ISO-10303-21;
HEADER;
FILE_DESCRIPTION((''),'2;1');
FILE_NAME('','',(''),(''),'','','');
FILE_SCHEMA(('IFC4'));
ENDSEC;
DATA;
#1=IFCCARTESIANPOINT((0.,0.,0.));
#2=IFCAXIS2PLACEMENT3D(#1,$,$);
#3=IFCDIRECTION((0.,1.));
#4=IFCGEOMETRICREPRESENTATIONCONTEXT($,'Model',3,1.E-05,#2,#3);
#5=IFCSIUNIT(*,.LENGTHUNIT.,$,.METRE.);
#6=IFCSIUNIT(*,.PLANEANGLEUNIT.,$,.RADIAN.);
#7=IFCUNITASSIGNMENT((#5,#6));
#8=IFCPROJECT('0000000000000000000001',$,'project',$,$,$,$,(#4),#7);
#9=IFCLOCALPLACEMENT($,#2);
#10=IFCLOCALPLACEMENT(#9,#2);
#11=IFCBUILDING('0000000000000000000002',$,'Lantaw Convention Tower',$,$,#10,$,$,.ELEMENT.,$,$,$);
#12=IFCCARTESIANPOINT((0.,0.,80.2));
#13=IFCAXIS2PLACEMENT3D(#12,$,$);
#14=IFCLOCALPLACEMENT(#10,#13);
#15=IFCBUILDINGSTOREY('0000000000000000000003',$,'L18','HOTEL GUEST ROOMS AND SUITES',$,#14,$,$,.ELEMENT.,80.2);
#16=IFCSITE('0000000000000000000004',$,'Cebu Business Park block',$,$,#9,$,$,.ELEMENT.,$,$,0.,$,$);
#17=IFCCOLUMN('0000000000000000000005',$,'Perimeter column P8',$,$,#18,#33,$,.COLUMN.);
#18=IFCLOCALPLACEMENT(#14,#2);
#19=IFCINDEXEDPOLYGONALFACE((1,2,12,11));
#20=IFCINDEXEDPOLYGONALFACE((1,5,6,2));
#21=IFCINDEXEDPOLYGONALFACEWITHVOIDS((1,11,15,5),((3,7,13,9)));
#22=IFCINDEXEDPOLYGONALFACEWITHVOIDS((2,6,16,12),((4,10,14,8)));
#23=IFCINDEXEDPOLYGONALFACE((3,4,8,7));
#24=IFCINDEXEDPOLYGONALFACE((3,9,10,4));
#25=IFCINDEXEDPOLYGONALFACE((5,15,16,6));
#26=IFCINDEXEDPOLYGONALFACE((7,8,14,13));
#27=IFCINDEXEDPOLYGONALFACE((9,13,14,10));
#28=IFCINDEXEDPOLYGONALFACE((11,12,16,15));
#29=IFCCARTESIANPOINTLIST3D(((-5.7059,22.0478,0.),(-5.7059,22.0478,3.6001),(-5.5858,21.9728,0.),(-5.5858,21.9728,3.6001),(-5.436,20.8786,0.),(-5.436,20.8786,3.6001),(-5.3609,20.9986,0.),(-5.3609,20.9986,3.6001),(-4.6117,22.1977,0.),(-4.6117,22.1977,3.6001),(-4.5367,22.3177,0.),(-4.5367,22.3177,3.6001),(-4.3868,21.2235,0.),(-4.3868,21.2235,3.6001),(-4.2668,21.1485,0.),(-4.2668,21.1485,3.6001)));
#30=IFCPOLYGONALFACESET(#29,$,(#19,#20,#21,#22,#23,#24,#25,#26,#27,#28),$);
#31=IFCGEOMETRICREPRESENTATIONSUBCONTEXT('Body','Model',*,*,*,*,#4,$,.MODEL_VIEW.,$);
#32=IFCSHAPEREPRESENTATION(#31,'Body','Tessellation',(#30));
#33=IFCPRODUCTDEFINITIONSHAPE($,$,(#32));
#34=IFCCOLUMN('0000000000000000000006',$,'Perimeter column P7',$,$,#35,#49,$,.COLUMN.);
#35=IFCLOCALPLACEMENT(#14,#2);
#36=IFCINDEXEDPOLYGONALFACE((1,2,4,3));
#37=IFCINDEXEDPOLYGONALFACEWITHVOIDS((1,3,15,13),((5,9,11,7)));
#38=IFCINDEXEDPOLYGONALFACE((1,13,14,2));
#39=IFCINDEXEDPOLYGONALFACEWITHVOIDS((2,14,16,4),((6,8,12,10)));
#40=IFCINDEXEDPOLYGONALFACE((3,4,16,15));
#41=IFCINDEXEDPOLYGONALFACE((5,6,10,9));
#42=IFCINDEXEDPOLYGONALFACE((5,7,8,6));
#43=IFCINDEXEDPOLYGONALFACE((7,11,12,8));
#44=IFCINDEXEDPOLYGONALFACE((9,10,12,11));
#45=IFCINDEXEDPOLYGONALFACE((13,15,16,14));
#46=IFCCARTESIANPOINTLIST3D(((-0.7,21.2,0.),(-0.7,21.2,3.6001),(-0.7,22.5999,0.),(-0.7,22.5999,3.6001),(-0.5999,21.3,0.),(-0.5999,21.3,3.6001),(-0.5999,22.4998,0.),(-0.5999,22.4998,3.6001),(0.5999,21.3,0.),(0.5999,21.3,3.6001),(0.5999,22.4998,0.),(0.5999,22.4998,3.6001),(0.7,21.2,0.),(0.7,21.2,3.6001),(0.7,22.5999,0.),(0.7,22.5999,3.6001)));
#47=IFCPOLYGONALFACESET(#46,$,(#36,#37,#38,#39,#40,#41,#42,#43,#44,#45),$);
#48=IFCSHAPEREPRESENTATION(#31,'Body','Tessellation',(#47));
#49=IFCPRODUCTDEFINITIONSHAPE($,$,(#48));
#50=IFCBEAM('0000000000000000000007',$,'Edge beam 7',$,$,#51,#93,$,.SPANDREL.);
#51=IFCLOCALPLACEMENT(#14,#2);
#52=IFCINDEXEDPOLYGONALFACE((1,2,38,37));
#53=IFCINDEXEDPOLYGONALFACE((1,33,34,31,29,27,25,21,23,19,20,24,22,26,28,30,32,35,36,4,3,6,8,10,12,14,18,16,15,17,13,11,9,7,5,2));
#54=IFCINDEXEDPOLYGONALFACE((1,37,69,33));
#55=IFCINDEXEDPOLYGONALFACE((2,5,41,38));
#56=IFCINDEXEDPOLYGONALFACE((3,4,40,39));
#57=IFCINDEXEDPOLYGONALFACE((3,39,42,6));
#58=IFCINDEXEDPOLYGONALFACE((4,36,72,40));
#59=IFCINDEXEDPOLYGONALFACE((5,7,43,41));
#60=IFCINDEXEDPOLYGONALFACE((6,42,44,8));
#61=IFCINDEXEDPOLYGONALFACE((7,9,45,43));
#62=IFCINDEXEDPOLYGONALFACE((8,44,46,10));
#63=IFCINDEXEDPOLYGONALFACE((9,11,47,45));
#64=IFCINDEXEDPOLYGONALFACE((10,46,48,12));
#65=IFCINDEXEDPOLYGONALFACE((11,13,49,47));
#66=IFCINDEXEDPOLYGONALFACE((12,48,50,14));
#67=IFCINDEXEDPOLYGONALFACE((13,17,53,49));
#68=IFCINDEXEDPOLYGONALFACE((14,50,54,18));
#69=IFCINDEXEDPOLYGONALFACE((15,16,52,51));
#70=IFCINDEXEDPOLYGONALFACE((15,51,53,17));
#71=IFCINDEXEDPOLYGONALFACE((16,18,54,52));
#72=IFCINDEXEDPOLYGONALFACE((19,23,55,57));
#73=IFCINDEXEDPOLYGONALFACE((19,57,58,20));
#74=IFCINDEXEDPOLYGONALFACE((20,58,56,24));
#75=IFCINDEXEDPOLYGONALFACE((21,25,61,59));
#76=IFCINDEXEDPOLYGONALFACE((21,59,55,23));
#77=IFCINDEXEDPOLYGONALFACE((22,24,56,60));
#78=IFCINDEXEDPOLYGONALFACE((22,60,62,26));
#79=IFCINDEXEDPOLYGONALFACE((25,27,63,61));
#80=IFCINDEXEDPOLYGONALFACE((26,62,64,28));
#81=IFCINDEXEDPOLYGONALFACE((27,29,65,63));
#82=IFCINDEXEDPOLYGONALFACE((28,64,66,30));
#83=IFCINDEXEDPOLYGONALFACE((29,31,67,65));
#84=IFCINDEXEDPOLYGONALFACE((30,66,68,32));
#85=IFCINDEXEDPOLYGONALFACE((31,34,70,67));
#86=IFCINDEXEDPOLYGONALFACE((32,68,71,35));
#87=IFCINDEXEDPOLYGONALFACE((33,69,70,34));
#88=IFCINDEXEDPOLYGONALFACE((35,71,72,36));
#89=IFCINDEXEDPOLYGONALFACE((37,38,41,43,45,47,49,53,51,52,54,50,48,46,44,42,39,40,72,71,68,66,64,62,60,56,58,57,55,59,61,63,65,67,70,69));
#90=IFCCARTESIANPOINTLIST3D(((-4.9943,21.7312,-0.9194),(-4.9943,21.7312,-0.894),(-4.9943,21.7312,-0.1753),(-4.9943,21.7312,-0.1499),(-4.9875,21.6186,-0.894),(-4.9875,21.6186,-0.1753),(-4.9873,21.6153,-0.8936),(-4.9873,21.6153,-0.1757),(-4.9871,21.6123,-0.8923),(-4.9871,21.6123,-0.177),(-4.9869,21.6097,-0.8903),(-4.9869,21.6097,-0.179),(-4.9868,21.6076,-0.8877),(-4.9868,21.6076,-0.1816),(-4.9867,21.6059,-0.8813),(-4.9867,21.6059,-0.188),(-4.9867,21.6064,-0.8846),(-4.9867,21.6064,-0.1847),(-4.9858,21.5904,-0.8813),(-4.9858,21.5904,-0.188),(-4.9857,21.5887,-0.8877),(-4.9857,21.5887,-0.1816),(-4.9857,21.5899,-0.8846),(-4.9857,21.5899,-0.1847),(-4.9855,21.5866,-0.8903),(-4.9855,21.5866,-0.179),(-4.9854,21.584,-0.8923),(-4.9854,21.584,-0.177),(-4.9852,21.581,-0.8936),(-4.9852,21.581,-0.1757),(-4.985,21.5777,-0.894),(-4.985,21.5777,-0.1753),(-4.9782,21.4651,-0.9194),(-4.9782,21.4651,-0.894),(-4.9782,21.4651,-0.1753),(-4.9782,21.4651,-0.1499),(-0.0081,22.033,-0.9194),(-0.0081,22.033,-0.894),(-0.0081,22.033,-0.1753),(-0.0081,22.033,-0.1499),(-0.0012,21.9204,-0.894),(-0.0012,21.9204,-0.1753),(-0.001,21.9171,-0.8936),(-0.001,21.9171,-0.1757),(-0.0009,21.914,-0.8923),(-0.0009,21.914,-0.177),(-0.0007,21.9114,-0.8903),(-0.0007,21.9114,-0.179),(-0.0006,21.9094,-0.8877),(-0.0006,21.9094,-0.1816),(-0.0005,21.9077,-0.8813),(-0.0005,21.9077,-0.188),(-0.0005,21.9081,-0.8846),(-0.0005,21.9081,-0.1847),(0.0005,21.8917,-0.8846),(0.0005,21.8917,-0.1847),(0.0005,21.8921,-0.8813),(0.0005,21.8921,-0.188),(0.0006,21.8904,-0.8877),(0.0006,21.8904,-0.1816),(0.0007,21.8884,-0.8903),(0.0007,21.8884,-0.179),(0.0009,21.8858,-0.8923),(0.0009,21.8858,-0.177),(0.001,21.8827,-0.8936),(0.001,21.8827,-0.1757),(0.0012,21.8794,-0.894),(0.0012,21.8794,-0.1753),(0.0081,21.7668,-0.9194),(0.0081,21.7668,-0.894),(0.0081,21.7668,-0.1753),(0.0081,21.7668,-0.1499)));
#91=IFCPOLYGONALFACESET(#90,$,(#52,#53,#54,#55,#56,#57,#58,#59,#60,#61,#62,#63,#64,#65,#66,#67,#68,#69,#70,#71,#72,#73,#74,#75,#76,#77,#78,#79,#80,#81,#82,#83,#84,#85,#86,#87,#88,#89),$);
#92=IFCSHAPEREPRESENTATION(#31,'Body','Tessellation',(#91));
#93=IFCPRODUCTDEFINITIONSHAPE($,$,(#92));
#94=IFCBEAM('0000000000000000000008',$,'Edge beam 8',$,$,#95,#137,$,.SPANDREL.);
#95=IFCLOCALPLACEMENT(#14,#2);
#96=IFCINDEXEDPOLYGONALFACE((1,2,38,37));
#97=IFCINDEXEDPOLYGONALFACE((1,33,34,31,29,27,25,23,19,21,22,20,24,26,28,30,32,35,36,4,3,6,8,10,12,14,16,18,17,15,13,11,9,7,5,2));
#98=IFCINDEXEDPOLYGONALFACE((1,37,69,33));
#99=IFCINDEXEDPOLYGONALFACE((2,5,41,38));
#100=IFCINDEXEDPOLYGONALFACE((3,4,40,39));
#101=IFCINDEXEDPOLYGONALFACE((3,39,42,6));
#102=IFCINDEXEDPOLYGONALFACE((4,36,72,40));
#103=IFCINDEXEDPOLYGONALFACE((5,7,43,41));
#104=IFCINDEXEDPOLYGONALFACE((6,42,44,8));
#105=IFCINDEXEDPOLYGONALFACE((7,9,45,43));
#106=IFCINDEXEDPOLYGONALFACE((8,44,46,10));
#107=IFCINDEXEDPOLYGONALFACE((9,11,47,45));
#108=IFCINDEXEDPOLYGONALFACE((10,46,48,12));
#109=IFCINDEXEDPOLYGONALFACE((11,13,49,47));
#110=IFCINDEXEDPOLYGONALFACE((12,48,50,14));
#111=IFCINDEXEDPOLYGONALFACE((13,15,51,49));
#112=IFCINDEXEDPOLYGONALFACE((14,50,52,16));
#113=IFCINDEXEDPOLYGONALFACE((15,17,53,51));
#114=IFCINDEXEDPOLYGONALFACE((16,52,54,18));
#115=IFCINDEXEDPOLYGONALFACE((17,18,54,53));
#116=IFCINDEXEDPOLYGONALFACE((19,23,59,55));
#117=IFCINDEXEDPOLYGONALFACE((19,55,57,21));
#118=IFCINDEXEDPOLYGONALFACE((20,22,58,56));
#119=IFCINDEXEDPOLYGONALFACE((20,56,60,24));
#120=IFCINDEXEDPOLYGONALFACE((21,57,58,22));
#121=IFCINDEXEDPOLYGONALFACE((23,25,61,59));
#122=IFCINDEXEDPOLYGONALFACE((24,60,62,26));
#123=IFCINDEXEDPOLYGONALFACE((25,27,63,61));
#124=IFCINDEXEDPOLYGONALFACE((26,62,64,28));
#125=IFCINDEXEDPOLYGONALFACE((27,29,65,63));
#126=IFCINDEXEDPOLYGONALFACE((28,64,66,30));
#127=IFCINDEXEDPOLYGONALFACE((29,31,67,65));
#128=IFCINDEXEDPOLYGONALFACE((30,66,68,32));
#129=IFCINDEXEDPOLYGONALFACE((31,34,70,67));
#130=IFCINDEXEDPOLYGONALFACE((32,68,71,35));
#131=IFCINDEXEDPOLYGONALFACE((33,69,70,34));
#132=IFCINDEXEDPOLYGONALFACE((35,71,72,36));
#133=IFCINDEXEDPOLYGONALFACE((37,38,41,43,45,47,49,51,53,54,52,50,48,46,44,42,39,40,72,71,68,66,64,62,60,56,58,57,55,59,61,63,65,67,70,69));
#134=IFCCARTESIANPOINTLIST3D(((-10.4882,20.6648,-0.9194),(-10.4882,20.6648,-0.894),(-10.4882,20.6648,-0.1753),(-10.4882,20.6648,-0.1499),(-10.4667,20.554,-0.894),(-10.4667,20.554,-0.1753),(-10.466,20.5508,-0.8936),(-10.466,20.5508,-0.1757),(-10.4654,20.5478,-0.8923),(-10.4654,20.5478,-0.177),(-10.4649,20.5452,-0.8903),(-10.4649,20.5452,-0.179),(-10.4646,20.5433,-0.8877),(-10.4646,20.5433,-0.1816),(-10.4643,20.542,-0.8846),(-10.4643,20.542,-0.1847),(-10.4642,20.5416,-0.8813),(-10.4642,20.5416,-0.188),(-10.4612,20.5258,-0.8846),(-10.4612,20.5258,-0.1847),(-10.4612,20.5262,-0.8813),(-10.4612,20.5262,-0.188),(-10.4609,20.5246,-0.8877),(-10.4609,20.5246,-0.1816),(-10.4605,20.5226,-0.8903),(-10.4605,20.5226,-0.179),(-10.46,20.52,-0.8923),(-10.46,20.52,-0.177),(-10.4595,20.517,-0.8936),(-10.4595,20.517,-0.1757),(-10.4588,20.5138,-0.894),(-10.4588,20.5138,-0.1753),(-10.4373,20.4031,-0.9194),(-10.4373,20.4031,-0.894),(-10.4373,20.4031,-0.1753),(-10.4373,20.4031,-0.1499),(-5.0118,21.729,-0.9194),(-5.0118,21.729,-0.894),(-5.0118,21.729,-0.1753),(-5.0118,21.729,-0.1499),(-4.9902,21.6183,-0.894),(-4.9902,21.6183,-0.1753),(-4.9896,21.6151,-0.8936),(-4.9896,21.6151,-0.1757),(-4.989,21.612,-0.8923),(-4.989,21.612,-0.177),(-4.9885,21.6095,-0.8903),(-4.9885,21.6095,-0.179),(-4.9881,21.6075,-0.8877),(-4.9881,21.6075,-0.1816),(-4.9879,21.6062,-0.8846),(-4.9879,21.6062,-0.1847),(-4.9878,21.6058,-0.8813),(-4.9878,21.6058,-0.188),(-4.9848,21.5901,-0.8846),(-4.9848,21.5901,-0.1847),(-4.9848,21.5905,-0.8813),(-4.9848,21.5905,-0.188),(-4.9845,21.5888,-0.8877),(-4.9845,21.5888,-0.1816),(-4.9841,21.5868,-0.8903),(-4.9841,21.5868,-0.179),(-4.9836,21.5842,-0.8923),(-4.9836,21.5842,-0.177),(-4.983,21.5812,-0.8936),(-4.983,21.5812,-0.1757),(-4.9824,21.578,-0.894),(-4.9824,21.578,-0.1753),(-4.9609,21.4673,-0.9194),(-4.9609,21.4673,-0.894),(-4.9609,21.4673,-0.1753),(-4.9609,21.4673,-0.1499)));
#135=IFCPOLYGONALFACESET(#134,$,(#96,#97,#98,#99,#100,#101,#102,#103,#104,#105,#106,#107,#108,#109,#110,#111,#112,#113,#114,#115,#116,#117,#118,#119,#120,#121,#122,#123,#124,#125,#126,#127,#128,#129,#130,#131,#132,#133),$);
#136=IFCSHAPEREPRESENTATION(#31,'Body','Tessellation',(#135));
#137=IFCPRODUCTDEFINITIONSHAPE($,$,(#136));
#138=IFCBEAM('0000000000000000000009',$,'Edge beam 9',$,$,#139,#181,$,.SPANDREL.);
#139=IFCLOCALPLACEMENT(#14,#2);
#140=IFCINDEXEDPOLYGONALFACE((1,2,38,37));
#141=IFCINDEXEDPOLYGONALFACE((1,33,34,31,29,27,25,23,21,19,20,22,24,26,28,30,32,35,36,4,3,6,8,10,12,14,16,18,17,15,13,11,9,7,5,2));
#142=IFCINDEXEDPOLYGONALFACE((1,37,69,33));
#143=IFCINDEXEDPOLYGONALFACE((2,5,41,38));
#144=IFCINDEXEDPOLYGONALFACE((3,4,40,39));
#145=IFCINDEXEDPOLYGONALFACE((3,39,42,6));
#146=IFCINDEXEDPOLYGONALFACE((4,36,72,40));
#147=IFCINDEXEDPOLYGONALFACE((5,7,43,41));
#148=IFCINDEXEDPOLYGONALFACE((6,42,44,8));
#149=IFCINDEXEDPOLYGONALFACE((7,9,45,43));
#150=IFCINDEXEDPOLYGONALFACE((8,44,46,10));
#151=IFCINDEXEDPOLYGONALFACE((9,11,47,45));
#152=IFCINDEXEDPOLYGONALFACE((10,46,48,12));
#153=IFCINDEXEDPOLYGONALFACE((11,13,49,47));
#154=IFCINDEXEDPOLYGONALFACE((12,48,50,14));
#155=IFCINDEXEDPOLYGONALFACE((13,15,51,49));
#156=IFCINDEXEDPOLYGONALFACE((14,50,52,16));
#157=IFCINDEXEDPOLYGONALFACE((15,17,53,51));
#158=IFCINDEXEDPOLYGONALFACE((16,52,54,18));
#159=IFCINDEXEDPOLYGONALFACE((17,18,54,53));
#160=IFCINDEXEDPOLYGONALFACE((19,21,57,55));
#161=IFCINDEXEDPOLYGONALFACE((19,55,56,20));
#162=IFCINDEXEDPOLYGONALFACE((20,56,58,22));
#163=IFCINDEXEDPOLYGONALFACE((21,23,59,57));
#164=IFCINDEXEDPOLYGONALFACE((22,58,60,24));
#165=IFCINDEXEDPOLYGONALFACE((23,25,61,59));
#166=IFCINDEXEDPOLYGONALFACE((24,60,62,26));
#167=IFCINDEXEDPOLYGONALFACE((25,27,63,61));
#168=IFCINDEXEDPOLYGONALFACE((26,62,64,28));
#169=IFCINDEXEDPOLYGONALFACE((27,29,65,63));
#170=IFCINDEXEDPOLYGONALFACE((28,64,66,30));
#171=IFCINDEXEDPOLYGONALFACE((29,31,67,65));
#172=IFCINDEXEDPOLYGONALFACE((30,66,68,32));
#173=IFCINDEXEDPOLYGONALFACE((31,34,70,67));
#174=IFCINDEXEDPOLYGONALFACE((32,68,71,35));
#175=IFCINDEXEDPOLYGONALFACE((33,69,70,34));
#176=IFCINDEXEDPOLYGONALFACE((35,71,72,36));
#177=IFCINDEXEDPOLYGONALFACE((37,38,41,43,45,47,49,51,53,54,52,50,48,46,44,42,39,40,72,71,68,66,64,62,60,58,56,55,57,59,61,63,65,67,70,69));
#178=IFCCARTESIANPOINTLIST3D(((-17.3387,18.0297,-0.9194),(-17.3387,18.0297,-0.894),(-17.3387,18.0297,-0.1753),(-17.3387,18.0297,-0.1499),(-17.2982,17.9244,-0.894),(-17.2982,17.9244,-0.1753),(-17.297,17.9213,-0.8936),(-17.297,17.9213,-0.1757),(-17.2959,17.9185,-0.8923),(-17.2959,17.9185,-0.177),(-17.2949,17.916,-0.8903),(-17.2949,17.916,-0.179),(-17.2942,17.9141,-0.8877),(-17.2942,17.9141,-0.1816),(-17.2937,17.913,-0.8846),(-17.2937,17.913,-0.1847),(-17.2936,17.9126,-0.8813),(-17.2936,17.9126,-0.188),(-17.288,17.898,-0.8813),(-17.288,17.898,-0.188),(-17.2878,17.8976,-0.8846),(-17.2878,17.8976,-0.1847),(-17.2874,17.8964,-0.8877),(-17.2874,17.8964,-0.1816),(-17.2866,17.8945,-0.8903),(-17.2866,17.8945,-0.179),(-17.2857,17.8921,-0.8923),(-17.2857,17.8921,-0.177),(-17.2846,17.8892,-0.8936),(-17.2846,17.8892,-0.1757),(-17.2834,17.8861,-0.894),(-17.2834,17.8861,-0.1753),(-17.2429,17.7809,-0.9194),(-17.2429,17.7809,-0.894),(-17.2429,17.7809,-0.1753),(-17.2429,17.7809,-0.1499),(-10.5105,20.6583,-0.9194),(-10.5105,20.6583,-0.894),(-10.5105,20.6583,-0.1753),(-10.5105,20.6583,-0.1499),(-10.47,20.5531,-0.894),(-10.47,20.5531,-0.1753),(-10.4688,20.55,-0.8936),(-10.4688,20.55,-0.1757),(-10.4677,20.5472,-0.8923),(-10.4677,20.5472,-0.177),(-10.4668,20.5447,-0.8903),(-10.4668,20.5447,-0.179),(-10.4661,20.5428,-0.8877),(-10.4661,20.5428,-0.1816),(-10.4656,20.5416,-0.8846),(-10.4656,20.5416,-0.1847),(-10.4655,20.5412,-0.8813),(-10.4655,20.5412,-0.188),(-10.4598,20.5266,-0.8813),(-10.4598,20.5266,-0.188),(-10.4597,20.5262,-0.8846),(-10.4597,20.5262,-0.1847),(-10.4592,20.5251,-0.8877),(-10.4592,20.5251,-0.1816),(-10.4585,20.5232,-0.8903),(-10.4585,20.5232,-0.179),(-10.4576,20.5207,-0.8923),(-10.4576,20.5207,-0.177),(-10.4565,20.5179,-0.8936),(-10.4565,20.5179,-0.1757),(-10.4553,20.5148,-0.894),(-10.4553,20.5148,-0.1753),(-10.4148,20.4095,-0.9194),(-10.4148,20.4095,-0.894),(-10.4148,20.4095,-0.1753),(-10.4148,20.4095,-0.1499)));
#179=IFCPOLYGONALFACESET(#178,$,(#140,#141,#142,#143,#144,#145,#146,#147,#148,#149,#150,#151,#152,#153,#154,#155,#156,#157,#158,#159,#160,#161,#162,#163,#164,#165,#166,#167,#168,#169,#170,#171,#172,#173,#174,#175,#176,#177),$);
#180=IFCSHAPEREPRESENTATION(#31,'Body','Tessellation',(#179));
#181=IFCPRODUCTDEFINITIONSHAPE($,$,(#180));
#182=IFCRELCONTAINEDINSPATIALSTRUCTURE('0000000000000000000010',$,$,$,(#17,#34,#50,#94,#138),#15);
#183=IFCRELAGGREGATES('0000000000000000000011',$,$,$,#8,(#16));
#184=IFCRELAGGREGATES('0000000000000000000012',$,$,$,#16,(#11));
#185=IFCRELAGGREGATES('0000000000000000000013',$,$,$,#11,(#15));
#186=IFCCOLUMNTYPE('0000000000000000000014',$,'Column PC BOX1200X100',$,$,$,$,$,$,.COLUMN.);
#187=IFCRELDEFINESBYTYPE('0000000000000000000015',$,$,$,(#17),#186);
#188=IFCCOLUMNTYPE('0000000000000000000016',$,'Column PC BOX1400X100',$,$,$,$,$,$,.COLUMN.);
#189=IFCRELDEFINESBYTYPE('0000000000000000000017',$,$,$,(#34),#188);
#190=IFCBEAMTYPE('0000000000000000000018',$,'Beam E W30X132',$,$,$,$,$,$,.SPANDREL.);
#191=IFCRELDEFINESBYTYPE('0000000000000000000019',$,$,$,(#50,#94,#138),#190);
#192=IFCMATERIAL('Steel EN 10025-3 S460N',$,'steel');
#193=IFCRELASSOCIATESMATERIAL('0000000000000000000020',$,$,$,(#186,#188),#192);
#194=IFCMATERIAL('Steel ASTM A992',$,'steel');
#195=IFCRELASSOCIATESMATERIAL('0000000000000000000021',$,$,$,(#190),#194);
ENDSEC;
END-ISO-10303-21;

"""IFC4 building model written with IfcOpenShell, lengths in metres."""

from ifc_helpers import new_model, si_unit, direction, frame, origin, origin_2d, place, context, subcontext, project, spatial, rectangle, hollow_rectangle, i_section, extrude, material, material_profile, profile_set, type_object, element, save


model = new_model("IFC4")

# Units and contexts
model_context = context("Model", 3, precision=1e-05, world=origin(), true_north=direction((0.0, 1.0)))
body_context = subcontext(model_context, "Body", "Model", "MODEL_VIEW")
ifc_project = project(units=[si_unit("LENGTHUNIT", "METRE"), si_unit("PLANEANGLEUNIT", "RADIAN")], contexts=[model_context])

# Site, building, storey
site_placement = place(None, origin())
site = spatial("IfcSite", under=ifc_project, at=site_placement, Name="Cebu Business Park block", CompositionType="ELEMENT", RefElevation=0.0)
building_placement = place(site_placement, origin())
building = spatial("IfcBuilding", under=site, at=building_placement, Name="Lantaw Convention Tower", CompositionType="ELEMENT")
storey_placement = place(building_placement, frame((0.0, 0.0, 80.2)))
storey = spatial("IfcBuildingStorey", under=building, at=storey_placement, Name="L18", Description="HOTEL GUEST ROOMS AND SUITES", CompositionType="ELEMENT", Elevation=80.2)

# Columns
ifc_material_1 = material(Name="Steel EN 10025-3 S460N", Category="steel")
ifc_material_profile_1 = material_profile(ifc_material_1, hollow_rectangle(XDim=1.2, YDim=1.2, WallThickness=0.1001, at=origin_2d()), Name="BOX1200X100")
ifc_material_2 = material(Name="Concrete C60/75", Category="concrete")
ifc_material_profile_2 = material_profile(ifc_material_2, rectangle(XDim=1.0, YDim=1.0, at=origin_2d()), Name="Concrete fill of BOX1200X100")
ifc_profile_set_1 = profile_set([ifc_material_profile_1, ifc_material_profile_2], Name="Steel EN 10025-3 S460N")
column_type_1 = type_object("IfcColumnType", Name="Column PC BOX1200X100", PredefinedType="COLUMN", material=ifc_profile_set_1)
column_1_placement = place(storey_placement, frame((-4.9863, 21.5981, 0.0), z_axis=(0.0, 0.0, 1.0), x_axis=(0.97437, 0.224951, 0.0)))
element("IfcColumn", 1, at=column_1_placement, inside=storey, type_object=column_type_1, Name="Perimeter column P8", PredefinedType="COLUMN", context=body_context, shape_type="SweptSolid", body=[
    extrude(hollow_rectangle(XDim=1.2, YDim=1.2, WallThickness=0.1001, at=origin_2d()), origin(), (0.0, 0.0, 1.0), 3.6001),
])
ifc_material_profile_3 = material_profile(ifc_material_1, hollow_rectangle(XDim=1.3999, YDim=1.3999, WallThickness=0.1001, at=origin_2d()), Name="BOX1400X100")
ifc_material_profile_4 = material_profile(ifc_material_2, rectangle(XDim=1.2, YDim=1.2, at=origin_2d()), Name="Concrete fill of BOX1400X100")
ifc_profile_set_2 = profile_set([ifc_material_profile_3, ifc_material_profile_4], Name="Steel EN 10025-3 S460N")
column_type_2 = type_object("IfcColumnType", Name="Column PC BOX1400X100", PredefinedType="COLUMN", material=ifc_profile_set_2)
column_2_placement = place(storey_placement, frame((0.0, 21.8999, 0.0), z_axis=(0.0, 0.0, 1.0), x_axis=(1.0, 0.0, 0.0)))
element("IfcColumn", 2, at=column_2_placement, inside=storey, type_object=column_type_2, Name="Perimeter column P7", PredefinedType="COLUMN", context=body_context, shape_type="SweptSolid", body=[
    extrude(hollow_rectangle(XDim=1.3999, YDim=1.3999, WallThickness=0.1001, at=origin_2d()), origin(), (0.0, 0.0, 1.0), 3.6001),
])

# Beams
ifc_material_3 = material(Name="Steel ASTM A992", Category="steel")
ifc_material_profile_5 = material_profile(ifc_material_3, i_section(OverallWidth=0.2666, OverallDepth=0.7695, WebThickness=0.0156, FlangeThickness=0.0254, FilletRadius=0.0127, at=origin_2d()), Name="W30X132")
ifc_profile_set_3 = profile_set([ifc_material_profile_5], Name="Steel ASTM A992")
beam_type = type_object("IfcBeamType", Name="Beam E W30X132", PredefinedType="SPANDREL", material=ifc_profile_set_3)
beam_1_placement = place(storey_placement, frame((0.0, 21.8999, -0.5347), z_axis=(-0.998174, -0.060407, 0.0), x_axis=(0.060407, -0.998174, 0.0)))
element("IfcBeam", 3, at=beam_1_placement, inside=storey, type_object=beam_type, Name="Edge beam 7", PredefinedType="SPANDREL", context=body_context, shape_type="SweptSolid", body=[
    extrude(i_section(OverallWidth=0.2666, OverallDepth=0.7695, WebThickness=0.0156, FlangeThickness=0.0254, FilletRadius=0.0127, at=origin_2d()), origin(), (0.0, 0.0, 1.0), 4.9954),
])
beam_2_placement = place(storey_placement, frame((-4.9863, 21.5981, -0.5347), z_axis=(-0.981637, -0.190761, 0.0), x_axis=(0.190761, -0.981637, 0.0)))
element("IfcBeam", 4, at=beam_2_placement, inside=storey, type_object=beam_type, Name="Edge beam 8", PredefinedType="SPANDREL", context=body_context, shape_type="SweptSolid", body=[
    extrude(i_section(OverallWidth=0.2666, OverallDepth=0.7695, WebThickness=0.0156, FlangeThickness=0.0254, FilletRadius=0.0127, at=origin_2d()), origin(), (0.0, 0.0, 1.0), 5.5789),
])
beam_3_placement = place(storey_placement, frame((-10.4626, 20.5339, -0.5347), z_axis=(-0.933233, -0.359272, 0.0), x_axis=(0.359272, -0.933233, 0.0)))
element("IfcBeam", 5, at=beam_3_placement, inside=storey, type_object=beam_type, Name="Edge beam 9", PredefinedType="SPANDREL", context=body_context, shape_type="SweptSolid", body=[
    extrude(i_section(OverallWidth=0.2666, OverallDepth=0.7695, WebThickness=0.0156, FlangeThickness=0.0254, FilletRadius=0.0127, at=origin_2d()), origin(), (0.0, 0.0, 1.0), 7.3167),
])

save(model, "model.ifc")
